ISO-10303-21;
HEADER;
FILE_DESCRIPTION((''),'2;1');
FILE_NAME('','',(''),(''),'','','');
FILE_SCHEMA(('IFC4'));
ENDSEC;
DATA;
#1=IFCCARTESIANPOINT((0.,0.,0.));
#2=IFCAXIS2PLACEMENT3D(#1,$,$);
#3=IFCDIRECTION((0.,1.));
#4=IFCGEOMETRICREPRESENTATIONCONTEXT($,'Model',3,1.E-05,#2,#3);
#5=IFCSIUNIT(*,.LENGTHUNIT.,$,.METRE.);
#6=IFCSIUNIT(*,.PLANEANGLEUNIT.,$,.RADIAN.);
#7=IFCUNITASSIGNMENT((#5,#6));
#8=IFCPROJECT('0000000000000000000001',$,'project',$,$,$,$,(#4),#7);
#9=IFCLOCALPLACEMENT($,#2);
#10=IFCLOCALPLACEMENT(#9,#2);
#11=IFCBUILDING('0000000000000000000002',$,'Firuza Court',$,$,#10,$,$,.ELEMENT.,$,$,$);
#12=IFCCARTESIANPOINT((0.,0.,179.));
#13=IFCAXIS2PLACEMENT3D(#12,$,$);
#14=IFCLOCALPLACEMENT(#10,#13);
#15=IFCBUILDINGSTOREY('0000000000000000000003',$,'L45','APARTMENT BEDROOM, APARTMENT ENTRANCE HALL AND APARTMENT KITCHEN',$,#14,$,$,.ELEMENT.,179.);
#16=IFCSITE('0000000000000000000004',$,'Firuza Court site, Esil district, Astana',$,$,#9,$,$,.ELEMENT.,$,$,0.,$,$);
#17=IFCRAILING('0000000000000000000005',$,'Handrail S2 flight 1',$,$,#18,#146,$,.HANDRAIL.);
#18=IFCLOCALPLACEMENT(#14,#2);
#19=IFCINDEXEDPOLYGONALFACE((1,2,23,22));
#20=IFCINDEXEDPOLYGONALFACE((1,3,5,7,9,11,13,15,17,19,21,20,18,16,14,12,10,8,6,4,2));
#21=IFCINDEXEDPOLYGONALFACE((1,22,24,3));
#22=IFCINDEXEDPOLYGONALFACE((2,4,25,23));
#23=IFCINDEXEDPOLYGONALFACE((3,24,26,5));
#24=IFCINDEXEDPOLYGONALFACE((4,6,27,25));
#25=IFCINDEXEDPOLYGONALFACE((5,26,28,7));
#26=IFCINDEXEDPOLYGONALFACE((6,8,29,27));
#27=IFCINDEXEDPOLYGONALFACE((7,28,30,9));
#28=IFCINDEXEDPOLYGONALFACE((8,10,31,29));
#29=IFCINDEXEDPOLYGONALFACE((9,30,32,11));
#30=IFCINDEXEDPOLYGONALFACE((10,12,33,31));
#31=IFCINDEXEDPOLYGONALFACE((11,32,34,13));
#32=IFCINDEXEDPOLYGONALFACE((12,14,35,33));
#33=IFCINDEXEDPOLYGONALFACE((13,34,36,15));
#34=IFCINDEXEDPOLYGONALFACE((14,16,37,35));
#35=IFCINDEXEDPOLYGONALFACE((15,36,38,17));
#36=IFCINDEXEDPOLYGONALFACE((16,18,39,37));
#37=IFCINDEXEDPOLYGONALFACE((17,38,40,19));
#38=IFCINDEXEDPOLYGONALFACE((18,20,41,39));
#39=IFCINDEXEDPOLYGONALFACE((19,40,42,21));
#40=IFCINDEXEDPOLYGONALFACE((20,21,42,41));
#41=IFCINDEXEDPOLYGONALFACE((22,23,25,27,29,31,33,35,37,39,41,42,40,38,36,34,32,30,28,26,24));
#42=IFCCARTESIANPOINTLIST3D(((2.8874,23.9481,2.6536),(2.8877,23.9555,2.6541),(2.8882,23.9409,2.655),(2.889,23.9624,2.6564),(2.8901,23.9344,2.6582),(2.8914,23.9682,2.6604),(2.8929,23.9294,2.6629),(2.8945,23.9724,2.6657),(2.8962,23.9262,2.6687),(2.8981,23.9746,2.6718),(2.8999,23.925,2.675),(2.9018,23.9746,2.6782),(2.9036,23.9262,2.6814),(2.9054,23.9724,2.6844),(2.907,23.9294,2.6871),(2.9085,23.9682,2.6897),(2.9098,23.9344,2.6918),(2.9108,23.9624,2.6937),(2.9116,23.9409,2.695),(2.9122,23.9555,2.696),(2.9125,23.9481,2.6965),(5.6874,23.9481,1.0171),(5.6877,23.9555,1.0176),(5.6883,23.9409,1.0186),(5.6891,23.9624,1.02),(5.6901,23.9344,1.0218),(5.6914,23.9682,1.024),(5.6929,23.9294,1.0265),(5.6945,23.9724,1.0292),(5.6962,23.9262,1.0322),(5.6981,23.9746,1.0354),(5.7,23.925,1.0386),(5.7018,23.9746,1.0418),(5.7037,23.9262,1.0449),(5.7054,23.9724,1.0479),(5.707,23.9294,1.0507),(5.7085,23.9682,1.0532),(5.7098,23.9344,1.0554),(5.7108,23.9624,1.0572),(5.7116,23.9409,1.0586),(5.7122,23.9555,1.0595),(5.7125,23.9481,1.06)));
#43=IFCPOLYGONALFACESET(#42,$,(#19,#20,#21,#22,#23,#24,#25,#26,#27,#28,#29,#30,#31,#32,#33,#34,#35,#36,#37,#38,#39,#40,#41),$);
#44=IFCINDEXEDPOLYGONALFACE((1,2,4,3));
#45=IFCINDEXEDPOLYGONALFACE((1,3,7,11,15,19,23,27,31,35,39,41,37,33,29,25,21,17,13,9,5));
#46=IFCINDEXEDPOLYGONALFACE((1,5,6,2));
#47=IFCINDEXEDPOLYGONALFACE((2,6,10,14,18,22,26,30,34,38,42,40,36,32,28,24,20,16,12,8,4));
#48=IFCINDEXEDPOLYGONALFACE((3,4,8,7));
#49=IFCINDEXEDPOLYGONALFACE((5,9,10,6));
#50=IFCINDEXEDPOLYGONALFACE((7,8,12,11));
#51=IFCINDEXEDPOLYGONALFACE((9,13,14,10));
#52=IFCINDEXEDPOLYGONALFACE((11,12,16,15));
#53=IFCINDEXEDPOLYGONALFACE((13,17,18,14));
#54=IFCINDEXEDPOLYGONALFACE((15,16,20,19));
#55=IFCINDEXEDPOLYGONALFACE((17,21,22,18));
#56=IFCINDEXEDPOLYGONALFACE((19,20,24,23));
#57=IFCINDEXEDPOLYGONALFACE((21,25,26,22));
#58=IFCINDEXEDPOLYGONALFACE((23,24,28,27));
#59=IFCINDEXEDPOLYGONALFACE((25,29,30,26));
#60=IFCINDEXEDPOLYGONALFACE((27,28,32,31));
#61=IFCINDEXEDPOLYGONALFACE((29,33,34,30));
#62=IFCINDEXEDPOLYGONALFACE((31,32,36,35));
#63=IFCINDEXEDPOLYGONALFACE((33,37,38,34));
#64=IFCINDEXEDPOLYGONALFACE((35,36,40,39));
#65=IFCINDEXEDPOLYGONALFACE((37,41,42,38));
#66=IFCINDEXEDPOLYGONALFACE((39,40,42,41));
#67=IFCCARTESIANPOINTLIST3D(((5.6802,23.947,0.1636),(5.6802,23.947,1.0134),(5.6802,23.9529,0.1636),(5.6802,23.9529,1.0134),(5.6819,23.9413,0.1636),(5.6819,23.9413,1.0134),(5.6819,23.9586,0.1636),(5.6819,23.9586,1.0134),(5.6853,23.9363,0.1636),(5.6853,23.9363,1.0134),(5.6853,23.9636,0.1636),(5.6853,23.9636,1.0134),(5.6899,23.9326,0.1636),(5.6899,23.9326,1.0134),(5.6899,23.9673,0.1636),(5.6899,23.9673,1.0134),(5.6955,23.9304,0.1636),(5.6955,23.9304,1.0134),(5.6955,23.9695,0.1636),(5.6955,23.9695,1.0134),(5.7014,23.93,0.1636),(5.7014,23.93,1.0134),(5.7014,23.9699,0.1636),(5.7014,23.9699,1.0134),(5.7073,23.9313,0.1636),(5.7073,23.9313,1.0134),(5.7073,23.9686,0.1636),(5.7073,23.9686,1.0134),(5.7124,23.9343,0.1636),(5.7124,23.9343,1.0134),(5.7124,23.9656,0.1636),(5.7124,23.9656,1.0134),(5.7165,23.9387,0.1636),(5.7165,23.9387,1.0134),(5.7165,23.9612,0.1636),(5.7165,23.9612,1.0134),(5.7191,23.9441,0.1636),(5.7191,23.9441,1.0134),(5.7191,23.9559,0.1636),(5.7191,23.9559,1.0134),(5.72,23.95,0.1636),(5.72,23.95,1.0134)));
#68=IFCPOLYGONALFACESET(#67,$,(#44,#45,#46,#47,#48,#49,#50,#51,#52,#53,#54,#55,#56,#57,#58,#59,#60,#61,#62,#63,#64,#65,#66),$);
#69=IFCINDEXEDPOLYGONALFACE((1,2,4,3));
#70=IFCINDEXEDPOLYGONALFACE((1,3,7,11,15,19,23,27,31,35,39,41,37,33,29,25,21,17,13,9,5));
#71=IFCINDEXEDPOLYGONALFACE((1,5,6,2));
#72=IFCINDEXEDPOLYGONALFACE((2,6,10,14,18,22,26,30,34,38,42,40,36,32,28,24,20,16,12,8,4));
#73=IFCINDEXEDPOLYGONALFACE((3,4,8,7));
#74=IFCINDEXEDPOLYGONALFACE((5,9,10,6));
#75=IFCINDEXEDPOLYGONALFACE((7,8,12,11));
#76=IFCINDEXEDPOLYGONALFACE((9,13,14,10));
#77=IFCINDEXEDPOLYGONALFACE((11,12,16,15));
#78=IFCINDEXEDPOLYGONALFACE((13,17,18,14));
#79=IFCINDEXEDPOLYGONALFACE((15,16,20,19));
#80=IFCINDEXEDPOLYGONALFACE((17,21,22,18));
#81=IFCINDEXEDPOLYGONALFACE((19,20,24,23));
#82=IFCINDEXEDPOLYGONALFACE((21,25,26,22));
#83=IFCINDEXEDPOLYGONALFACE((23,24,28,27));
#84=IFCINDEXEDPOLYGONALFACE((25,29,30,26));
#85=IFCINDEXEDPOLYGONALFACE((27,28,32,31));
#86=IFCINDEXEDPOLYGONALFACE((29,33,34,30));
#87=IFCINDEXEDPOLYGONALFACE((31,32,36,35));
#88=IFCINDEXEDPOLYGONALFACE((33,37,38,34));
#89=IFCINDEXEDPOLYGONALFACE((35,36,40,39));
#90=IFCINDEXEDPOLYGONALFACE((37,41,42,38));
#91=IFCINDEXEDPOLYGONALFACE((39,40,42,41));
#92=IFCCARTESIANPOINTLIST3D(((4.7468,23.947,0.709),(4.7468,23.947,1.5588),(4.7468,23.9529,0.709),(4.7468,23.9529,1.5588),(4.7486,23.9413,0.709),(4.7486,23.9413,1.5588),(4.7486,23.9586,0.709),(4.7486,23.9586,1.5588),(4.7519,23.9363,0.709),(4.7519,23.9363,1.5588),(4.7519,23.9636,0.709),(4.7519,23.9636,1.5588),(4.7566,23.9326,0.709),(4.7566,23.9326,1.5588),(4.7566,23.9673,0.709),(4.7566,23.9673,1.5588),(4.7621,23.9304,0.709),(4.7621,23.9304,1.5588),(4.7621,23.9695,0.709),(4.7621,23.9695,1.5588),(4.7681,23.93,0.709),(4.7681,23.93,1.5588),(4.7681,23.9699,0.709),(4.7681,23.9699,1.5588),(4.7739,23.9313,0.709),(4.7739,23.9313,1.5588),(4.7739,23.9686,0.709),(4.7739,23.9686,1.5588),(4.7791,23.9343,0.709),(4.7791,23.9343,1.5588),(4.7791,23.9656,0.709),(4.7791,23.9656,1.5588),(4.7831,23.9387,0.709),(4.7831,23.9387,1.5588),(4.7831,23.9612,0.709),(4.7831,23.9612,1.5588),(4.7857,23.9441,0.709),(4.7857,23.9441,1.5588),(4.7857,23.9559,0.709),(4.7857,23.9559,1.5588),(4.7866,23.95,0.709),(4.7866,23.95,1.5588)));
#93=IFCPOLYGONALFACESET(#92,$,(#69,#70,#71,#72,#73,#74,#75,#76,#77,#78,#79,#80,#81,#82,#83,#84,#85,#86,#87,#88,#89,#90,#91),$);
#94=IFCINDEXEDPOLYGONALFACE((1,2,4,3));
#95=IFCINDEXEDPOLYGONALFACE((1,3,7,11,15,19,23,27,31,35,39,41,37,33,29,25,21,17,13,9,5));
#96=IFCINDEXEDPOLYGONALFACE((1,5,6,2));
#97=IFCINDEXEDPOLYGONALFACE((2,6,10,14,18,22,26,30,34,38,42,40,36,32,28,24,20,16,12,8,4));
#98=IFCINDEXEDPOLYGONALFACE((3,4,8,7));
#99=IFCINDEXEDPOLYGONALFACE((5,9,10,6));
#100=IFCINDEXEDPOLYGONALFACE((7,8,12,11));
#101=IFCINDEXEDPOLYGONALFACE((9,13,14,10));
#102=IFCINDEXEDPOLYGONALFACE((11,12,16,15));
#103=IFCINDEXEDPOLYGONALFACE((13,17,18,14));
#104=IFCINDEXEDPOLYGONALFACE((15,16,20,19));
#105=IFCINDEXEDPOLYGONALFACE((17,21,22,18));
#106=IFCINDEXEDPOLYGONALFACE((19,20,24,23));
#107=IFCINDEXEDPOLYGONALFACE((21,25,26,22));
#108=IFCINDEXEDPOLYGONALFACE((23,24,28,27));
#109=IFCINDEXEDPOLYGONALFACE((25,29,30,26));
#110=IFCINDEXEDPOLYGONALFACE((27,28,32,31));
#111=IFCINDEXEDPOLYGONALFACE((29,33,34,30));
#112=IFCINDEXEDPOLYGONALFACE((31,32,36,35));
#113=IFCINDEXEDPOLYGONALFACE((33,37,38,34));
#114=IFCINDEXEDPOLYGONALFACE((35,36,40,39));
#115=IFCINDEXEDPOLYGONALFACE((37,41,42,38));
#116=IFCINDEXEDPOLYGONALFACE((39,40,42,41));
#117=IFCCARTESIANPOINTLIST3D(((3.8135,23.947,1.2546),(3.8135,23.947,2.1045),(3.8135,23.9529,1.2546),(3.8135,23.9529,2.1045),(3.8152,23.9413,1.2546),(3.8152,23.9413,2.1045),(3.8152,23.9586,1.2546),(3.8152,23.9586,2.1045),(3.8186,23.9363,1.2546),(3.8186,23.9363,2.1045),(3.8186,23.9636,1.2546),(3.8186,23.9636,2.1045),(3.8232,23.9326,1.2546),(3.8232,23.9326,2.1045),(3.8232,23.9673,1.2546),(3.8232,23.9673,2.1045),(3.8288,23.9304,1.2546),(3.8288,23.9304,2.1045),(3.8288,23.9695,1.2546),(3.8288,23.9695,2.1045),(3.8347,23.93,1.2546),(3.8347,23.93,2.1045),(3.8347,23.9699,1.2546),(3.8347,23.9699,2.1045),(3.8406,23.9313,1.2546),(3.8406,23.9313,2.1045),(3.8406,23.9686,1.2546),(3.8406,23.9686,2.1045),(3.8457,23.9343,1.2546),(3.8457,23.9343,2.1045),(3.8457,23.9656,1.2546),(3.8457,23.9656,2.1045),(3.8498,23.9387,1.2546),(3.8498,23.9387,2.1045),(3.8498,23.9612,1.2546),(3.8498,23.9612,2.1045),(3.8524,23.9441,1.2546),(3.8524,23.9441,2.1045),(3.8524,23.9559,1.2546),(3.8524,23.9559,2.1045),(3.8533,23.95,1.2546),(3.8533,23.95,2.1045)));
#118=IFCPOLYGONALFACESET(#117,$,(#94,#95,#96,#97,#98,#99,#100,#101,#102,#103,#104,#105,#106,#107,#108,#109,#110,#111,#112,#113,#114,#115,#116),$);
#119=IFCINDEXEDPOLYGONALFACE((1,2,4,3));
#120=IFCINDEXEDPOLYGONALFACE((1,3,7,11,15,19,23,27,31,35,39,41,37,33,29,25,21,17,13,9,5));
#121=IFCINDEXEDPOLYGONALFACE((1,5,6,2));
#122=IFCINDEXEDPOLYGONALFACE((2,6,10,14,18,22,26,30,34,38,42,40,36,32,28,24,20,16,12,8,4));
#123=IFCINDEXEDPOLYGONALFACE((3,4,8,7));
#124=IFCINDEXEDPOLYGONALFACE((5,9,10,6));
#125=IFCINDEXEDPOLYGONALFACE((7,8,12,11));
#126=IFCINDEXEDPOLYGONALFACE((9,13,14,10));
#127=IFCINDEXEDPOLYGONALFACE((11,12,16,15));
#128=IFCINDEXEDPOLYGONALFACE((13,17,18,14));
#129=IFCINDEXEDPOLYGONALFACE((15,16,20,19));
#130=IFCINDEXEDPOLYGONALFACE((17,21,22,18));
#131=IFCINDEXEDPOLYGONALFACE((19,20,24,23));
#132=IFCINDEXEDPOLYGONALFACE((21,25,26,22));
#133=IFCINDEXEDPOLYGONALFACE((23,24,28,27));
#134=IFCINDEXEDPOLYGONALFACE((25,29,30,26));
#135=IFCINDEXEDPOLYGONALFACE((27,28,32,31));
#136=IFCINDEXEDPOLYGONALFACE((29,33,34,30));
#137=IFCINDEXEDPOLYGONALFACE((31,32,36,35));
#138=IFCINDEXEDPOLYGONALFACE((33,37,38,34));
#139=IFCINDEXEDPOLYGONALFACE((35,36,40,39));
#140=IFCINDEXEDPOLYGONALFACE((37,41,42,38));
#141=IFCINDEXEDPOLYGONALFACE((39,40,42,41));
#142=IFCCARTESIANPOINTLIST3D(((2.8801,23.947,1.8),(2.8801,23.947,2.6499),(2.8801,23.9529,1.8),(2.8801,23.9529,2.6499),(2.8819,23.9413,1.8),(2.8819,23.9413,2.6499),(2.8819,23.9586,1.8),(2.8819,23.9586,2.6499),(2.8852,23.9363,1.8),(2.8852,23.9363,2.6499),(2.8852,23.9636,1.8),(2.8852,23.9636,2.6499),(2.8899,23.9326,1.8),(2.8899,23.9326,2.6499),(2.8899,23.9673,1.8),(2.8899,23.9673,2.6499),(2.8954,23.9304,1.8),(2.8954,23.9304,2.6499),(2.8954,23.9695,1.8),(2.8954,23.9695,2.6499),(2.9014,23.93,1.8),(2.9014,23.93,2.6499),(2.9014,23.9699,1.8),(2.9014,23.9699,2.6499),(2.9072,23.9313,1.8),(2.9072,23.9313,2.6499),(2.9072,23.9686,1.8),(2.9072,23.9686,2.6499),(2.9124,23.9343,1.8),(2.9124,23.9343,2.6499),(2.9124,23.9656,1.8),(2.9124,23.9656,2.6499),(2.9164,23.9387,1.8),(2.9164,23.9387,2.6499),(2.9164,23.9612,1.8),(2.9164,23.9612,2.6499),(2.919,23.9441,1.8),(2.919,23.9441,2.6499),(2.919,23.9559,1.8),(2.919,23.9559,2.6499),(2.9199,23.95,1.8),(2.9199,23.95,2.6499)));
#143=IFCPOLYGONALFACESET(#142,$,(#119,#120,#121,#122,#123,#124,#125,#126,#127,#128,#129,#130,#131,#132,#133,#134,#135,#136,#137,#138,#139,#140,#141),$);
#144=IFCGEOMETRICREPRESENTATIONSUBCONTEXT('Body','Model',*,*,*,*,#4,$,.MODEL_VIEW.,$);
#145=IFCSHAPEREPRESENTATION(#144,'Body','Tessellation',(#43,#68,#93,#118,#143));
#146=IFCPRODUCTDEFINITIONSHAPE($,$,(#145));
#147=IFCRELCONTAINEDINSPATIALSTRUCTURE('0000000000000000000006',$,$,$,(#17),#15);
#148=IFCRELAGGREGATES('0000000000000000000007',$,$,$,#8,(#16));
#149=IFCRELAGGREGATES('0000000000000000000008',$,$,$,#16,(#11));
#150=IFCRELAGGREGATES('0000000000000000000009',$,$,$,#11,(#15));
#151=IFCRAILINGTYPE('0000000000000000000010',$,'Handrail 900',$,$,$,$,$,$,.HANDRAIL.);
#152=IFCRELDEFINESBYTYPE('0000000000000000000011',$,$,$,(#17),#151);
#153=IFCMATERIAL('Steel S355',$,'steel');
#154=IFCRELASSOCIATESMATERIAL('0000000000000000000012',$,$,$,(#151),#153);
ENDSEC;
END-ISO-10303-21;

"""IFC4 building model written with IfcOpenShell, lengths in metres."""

from ifc_helpers import new_model, si_unit, direction, frame, origin, origin_2d, place, context, subcontext, project, spatial, circle, extrude, material, type_object, element, save


model = new_model("IFC4")

# Units and contexts
model_context = context("Model", 3, precision=1e-05, world=origin(), true_north=direction((0.0, 1.0)))
body_context = subcontext(model_context, "Body", "Model", "MODEL_VIEW")
ifc_project = project(units=[si_unit("LENGTHUNIT", "METRE"), si_unit("PLANEANGLEUNIT", "RADIAN")], contexts=[model_context])

# Site, building, storey
site_placement = place(None, origin())
site = spatial("IfcSite", under=ifc_project, at=site_placement, Name="Firuza Court site, Esil district, Astana", CompositionType="ELEMENT", RefElevation=0.0)
building_placement = place(site_placement, origin())
building = spatial("IfcBuilding", under=site, at=building_placement, Name="Firuza Court", CompositionType="ELEMENT")
storey_placement = place(building_placement, frame((0.0, 0.0, 179.0)))
storey = spatial("IfcBuildingStorey", under=building, at=storey_placement, Name="L45", Description="APARTMENT BEDROOM, APARTMENT ENTRANCE HALL AND APARTMENT KITCHEN", CompositionType="ELEMENT", Elevation=179.0)

# Railing
ifc_material_1 = material(Name="Steel S355", Category="steel")
railing_type_1 = type_object("IfcRailingType", Name="Handrail 900", PredefinedType="HANDRAIL", material=ifc_material_1)
railing_1_placement = place(storey_placement, frame((5.7, 23.95, 0.1636)))
element("IfcRailing", 1, at=railing_1_placement, inside=storey, type_object=railing_type_1, Name="Handrail S2 flight 1", PredefinedType="HANDRAIL", context=body_context, shape_type="SweptSolid", body=[
    extrude(circle(Radius=0.0249, at=origin_2d()), frame((0.0, 0.0, 0.875), z_axis=(-0.863361, 0.0, 0.504587), x_axis=(0.0, -1.0, 0.0)), (0.0, 0.0, 1.0), 3.2432),
    extrude(circle(Radius=0.02, at=origin_2d()), origin(), (0.0, 0.0, 1.0), 0.8499),
    extrude(circle(Radius=0.02, at=origin_2d()), frame((-0.9333, 0.0, 0.5454)), (0.0, 0.0, 1.0), 0.8499),
    extrude(circle(Radius=0.02, at=origin_2d()), frame((-1.8667, 0.0, 1.0911)), (0.0, 0.0, 1.0), 0.8499),
    extrude(circle(Radius=0.02, at=origin_2d()), frame((-2.8, 0.0, 1.6365)), (0.0, 0.0, 1.0), 0.8499),
])

save(model, "model.ifc")
